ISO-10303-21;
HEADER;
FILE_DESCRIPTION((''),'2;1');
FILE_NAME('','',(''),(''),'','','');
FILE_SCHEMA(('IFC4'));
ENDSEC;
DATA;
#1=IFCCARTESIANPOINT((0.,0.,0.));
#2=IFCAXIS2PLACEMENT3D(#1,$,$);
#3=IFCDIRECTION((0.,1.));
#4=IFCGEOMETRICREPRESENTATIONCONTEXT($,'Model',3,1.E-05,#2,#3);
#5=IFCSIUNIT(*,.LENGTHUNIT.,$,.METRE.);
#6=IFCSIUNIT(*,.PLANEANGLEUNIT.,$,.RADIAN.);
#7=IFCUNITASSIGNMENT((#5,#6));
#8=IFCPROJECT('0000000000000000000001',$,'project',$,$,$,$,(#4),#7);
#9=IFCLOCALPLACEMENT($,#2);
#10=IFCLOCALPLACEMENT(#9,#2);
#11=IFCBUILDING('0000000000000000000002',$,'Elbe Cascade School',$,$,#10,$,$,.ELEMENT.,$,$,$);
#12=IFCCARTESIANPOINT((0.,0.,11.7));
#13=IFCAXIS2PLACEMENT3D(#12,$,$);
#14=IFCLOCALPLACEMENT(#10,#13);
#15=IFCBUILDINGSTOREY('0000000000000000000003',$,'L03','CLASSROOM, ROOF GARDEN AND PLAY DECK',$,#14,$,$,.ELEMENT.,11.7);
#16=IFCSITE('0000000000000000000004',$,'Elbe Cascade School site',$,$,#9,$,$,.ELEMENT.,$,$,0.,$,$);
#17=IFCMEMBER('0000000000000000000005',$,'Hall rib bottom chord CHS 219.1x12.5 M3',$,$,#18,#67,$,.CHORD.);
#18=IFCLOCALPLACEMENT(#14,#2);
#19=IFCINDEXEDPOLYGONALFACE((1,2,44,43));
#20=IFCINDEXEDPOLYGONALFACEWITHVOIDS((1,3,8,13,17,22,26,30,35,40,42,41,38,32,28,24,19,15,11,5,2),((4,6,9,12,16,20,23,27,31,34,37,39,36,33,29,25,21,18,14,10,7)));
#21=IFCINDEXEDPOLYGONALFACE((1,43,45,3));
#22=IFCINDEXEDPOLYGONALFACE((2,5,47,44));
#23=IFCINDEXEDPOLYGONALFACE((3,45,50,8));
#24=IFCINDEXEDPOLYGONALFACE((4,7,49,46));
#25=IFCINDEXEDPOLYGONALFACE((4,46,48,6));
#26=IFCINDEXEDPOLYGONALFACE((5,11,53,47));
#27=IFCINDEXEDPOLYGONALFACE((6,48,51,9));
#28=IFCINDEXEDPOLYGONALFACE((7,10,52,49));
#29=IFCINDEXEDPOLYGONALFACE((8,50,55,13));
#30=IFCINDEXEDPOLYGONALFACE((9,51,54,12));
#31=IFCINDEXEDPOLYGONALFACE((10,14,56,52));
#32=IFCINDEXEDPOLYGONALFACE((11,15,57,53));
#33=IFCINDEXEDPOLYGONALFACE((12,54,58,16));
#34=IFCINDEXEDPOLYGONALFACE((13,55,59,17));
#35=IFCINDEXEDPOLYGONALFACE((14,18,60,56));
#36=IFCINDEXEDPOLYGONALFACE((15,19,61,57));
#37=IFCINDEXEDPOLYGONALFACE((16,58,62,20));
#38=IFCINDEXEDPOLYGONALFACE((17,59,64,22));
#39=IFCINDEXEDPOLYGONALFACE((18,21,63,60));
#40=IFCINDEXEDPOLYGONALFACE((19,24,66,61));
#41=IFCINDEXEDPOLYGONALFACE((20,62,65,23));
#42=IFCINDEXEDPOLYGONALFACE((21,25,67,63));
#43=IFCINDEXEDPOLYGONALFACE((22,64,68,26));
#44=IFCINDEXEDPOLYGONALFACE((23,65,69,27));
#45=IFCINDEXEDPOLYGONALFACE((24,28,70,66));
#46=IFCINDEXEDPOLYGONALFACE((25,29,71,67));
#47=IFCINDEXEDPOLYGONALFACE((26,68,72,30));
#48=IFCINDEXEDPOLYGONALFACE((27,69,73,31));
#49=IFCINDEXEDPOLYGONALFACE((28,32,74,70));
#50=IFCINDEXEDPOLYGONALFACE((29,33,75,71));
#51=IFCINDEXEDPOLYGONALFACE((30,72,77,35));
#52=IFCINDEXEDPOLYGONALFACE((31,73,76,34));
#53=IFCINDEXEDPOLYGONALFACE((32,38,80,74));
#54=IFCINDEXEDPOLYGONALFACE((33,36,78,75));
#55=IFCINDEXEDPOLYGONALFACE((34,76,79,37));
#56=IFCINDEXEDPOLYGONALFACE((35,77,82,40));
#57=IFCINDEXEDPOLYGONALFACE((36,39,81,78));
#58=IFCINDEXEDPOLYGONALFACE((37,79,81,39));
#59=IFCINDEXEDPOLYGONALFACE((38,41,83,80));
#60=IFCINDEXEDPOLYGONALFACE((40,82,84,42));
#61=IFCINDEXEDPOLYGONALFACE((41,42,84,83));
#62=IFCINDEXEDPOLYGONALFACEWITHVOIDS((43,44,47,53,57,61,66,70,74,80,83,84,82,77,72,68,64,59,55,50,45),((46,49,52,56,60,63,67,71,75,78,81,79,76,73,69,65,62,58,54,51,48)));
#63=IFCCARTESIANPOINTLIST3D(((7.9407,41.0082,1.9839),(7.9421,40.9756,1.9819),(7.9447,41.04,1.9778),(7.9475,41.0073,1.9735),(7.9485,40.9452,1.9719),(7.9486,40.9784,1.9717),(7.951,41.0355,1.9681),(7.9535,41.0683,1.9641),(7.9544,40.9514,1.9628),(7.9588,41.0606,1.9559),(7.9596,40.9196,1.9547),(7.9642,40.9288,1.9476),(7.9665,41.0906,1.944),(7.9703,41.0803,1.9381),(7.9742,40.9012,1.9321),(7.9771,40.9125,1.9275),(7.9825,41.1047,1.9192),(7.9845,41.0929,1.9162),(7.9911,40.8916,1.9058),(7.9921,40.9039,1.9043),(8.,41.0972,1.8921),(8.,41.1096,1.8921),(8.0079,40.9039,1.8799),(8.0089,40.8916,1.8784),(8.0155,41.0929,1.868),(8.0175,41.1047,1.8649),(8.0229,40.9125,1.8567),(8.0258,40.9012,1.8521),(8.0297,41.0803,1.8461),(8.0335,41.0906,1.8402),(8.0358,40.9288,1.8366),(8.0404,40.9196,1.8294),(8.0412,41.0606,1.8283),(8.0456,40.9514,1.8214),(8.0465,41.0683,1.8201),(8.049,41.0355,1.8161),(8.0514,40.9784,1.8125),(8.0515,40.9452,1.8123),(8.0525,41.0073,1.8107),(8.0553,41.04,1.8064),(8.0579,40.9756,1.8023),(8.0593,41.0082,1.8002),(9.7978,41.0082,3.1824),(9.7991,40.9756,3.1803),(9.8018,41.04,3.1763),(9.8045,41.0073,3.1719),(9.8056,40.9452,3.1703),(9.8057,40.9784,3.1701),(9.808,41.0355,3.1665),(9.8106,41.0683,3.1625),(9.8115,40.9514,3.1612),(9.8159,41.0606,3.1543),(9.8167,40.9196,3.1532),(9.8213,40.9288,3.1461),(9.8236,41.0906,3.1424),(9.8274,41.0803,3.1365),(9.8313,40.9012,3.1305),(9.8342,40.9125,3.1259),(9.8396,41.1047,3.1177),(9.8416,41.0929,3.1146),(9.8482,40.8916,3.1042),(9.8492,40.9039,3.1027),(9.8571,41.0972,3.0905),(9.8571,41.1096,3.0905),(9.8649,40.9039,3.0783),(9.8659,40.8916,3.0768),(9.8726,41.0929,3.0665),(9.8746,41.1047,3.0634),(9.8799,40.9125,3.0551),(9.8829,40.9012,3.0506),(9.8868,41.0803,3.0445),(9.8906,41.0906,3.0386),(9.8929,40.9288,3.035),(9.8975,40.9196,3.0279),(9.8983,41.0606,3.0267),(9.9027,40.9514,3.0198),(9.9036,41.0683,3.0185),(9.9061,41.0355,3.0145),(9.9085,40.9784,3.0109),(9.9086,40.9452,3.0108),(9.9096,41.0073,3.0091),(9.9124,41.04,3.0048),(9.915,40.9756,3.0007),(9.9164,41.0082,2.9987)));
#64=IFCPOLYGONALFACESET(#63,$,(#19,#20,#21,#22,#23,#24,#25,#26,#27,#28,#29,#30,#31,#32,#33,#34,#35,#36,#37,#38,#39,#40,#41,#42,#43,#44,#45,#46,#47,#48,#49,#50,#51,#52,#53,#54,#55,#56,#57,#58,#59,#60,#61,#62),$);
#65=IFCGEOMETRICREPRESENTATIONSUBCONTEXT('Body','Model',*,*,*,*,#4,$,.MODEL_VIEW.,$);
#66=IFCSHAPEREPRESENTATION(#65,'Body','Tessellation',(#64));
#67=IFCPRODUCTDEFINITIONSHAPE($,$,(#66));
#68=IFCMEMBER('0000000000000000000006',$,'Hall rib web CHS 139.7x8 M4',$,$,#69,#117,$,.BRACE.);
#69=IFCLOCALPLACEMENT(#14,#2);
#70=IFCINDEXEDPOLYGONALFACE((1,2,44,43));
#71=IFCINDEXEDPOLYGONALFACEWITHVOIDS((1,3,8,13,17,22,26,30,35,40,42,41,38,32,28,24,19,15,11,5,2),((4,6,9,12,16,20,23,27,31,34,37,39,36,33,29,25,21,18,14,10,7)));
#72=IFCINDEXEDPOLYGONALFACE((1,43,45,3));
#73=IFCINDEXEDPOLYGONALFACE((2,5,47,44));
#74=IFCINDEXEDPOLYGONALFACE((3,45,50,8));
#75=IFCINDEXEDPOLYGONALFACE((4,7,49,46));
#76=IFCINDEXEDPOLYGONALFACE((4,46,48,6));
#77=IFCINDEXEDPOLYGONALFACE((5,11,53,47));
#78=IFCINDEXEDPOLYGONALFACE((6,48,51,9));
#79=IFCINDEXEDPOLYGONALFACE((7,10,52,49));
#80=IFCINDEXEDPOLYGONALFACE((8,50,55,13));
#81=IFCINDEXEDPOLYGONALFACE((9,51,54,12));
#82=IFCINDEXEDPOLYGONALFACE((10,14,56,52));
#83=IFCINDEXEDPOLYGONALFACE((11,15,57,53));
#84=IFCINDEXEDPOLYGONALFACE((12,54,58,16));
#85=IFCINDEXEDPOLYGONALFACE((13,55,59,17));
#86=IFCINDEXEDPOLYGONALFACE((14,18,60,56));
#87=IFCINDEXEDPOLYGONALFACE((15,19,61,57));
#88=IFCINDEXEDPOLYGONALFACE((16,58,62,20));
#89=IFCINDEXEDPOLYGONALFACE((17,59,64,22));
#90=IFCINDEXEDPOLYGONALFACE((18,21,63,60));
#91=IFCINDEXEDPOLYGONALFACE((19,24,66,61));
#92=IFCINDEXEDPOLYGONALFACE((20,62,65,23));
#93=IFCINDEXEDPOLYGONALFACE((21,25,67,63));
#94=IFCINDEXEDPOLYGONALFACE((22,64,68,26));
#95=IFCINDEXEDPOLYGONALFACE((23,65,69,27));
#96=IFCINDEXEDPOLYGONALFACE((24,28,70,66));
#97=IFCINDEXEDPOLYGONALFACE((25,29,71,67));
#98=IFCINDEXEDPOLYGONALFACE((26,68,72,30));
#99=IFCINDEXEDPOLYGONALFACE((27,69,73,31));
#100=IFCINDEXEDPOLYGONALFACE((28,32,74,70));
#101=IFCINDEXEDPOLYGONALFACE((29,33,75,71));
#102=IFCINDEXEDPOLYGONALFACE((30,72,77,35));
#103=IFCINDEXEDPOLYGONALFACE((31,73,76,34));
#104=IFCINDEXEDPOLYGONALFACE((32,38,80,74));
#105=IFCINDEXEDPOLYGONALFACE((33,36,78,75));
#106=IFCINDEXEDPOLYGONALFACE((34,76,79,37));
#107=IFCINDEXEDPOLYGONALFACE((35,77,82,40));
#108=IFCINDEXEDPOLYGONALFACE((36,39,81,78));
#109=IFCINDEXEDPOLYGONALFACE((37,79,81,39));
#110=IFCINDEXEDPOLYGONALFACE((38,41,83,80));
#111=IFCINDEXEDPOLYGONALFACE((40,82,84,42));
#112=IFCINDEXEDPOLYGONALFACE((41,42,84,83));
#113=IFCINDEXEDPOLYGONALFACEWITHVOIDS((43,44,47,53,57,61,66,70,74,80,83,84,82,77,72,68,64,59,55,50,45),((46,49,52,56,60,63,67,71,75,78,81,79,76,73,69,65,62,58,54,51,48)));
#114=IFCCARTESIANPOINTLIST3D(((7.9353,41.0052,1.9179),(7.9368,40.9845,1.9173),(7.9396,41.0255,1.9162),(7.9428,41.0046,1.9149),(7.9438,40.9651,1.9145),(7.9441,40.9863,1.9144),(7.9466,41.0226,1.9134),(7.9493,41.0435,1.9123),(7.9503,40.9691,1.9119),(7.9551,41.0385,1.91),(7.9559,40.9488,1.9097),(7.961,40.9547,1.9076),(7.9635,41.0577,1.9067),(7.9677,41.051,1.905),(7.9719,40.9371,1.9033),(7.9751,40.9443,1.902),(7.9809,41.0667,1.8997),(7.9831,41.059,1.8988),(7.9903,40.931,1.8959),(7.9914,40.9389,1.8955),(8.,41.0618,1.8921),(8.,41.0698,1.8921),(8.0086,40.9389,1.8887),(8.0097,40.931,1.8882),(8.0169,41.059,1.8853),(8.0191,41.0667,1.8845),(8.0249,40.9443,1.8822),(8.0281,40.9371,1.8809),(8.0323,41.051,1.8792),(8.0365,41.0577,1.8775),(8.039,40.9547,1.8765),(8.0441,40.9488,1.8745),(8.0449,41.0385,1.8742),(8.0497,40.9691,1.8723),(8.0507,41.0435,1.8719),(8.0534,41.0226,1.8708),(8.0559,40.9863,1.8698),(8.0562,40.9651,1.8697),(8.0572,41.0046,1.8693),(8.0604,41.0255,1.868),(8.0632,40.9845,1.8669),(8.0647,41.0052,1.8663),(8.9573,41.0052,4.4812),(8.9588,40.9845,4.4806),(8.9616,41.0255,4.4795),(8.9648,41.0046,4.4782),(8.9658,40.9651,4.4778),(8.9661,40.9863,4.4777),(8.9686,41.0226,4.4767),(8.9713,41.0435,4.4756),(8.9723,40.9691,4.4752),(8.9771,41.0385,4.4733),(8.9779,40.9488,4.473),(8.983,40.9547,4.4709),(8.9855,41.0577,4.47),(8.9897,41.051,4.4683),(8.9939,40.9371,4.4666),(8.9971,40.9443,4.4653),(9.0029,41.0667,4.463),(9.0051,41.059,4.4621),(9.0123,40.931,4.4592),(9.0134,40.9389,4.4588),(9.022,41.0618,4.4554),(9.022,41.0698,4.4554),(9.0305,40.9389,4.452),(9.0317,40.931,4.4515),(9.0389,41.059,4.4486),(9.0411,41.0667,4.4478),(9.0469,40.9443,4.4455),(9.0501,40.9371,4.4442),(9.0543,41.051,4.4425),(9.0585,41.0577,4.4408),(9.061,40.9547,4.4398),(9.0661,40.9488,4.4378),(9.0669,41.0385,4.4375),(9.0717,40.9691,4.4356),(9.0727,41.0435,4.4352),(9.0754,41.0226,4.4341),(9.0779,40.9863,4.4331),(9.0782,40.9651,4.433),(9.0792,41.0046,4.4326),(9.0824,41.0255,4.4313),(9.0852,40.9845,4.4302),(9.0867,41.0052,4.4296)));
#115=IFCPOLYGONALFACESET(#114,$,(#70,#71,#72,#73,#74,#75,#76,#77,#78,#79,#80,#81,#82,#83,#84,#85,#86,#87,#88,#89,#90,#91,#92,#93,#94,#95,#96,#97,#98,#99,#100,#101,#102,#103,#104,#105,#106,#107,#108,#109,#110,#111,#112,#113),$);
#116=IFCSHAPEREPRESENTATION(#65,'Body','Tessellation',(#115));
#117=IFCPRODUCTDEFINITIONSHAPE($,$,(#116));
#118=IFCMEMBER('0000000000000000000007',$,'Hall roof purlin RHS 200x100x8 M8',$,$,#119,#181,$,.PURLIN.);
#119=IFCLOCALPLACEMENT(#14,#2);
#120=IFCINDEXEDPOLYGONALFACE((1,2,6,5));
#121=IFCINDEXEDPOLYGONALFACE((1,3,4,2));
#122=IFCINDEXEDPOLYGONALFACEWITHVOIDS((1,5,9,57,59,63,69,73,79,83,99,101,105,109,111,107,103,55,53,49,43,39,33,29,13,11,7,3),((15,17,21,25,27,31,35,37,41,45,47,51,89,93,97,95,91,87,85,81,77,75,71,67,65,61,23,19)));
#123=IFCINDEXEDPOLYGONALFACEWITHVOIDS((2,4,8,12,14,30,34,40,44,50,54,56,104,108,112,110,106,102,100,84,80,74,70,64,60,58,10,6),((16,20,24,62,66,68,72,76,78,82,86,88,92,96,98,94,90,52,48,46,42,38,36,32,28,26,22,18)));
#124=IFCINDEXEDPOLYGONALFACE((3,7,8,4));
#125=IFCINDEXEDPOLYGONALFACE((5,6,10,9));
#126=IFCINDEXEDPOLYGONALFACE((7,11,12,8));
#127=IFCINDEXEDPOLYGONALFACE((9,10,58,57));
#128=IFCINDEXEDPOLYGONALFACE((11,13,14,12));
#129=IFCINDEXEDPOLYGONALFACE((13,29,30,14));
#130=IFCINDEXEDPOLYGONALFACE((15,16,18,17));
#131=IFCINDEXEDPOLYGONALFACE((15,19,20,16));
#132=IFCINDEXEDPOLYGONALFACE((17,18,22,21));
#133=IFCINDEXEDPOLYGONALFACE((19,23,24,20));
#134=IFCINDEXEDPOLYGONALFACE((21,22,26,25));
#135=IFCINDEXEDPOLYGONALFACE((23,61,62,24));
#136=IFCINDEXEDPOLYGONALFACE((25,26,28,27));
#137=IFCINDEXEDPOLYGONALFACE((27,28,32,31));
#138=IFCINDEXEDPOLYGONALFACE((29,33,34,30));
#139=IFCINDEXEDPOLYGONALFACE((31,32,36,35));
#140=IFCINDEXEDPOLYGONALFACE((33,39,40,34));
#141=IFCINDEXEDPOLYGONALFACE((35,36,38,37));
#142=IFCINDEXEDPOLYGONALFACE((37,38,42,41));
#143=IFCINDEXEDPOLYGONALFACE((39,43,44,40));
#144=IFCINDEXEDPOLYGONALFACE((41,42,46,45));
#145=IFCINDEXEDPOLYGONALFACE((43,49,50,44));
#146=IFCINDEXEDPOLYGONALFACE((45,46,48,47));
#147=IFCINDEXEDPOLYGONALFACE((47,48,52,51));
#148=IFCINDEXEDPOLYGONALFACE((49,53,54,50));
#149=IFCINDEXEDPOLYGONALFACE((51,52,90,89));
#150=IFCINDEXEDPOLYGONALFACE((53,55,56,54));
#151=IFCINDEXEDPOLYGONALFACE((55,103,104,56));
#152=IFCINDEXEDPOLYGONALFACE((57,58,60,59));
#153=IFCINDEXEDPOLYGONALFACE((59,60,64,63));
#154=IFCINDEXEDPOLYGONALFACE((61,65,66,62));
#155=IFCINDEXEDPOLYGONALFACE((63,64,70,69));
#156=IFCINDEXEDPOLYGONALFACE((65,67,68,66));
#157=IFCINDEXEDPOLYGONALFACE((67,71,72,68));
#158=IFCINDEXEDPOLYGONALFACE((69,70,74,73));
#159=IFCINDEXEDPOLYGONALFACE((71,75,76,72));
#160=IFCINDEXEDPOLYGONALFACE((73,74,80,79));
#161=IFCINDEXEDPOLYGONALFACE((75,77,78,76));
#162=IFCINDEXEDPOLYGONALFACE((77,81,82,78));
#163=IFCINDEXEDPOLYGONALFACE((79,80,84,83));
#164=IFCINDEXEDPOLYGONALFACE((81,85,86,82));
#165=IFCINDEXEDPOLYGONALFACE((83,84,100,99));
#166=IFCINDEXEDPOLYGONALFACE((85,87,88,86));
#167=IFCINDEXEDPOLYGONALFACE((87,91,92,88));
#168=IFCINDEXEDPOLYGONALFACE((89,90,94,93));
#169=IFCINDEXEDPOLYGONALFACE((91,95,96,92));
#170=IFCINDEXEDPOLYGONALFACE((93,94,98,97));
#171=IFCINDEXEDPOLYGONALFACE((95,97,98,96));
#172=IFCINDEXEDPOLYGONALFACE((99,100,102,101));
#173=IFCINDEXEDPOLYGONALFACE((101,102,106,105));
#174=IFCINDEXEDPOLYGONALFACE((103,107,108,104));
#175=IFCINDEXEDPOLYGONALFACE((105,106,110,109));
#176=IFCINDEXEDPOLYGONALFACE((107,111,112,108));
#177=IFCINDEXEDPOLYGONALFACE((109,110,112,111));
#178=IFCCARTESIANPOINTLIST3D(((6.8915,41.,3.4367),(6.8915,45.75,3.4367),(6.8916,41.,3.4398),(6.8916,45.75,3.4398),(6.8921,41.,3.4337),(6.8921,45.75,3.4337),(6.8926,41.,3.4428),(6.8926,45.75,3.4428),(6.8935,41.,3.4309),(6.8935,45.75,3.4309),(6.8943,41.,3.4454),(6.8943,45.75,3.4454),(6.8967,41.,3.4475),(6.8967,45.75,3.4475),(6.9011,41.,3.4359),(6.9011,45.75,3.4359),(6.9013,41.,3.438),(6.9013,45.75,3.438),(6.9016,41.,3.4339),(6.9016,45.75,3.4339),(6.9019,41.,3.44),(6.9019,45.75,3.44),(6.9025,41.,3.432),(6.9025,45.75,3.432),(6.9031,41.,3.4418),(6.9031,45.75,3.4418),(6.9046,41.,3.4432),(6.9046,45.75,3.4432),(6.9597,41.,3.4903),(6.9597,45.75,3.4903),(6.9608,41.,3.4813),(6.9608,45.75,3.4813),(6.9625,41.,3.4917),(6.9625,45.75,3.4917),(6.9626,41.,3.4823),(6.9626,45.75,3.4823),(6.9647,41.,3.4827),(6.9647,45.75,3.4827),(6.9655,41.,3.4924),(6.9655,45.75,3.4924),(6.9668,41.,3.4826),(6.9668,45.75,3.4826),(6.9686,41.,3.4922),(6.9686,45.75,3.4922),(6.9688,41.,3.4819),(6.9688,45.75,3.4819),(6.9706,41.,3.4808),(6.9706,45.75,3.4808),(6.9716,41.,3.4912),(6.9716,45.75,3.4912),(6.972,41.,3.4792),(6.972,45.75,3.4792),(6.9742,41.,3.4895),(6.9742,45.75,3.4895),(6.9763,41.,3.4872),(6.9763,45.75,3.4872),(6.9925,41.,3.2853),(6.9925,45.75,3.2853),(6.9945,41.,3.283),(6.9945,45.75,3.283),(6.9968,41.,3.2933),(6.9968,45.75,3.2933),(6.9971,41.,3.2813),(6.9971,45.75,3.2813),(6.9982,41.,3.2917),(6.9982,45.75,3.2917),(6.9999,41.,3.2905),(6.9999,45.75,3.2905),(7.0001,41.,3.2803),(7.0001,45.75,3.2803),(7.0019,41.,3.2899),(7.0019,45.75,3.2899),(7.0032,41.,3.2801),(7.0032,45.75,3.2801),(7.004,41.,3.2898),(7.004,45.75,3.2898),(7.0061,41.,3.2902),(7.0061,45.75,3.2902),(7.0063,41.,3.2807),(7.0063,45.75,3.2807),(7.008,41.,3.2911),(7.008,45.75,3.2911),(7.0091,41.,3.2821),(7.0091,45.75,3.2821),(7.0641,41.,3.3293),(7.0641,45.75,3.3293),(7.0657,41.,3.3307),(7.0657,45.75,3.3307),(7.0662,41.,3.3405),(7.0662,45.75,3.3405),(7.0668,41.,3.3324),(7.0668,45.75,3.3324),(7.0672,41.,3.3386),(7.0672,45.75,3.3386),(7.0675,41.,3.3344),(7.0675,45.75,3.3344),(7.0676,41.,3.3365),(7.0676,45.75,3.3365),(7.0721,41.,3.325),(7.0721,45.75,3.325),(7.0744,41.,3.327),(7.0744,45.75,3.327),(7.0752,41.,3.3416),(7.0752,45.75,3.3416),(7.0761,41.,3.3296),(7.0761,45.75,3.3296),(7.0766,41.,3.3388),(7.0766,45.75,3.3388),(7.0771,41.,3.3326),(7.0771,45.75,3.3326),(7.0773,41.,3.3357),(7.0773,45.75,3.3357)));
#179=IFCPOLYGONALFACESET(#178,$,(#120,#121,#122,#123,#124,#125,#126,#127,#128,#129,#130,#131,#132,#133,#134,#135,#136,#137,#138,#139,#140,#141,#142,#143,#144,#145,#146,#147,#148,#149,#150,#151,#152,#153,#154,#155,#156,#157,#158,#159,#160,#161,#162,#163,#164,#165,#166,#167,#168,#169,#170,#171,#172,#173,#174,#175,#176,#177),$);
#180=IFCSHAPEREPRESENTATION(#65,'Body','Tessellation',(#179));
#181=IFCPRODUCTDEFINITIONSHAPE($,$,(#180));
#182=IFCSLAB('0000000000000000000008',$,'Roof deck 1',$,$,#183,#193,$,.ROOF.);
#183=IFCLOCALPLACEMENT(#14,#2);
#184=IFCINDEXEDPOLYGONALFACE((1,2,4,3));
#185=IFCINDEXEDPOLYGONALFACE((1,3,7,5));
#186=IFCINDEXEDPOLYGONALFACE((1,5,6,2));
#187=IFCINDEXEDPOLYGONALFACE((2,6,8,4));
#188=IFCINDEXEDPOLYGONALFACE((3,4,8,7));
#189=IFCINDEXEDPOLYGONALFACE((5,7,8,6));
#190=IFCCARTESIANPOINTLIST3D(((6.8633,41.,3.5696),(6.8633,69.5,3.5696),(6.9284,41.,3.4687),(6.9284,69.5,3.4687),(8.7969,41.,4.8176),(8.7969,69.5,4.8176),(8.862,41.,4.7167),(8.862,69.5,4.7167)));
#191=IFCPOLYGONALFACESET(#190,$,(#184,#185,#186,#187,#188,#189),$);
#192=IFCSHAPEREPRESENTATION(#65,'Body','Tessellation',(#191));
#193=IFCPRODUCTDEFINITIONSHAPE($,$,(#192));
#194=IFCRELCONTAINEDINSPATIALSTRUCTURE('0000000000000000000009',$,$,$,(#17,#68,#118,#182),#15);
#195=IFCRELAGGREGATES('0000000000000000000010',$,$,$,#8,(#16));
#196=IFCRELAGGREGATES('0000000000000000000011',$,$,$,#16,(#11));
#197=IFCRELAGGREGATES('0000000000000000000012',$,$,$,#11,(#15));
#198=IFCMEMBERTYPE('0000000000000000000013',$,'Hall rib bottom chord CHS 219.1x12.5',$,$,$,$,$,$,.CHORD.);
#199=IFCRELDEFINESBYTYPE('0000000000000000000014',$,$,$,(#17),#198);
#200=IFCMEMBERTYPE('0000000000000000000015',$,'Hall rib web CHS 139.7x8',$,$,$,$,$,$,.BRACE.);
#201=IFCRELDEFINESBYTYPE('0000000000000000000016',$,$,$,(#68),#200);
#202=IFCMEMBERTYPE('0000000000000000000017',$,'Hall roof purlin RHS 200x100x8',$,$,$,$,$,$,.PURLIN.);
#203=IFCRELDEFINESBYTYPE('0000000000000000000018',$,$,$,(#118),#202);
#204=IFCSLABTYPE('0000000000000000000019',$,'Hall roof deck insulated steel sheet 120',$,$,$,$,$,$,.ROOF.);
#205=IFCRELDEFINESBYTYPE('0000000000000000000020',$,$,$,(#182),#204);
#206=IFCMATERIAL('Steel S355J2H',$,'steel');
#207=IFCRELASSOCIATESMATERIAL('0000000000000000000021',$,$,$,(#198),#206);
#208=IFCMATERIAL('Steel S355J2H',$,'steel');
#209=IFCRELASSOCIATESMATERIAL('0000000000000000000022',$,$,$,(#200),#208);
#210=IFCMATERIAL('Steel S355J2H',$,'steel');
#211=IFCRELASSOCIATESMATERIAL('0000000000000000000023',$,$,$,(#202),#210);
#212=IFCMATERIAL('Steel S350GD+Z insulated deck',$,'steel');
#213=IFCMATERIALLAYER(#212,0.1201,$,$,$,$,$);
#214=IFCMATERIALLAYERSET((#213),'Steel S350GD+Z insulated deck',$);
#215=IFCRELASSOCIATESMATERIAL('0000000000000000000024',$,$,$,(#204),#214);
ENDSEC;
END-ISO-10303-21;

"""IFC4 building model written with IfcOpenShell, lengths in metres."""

from ifc_helpers import new_model, si_unit, direction, frame, origin, origin_2d, place, context, subcontext, project, spatial, polyline, hollow_rectangle, hollow_circle, outline, extrude, material, layer, layer_set, material_profile, profile_set, type_object, element, save


model = new_model("IFC4")

# Units and contexts
model_context = context("Model", 3, precision=1e-05, world=origin(), true_north=direction((0.0, 1.0)))
body_context = subcontext(model_context, "Body", "Model", "MODEL_VIEW")
ifc_project = project(units=[si_unit("LENGTHUNIT", "METRE"), si_unit("PLANEANGLEUNIT", "RADIAN")], contexts=[model_context])

# Site, building, storey
site_placement = place(None, origin())
site = spatial("IfcSite", under=ifc_project, at=site_placement, Name="Elbe Cascade School site", CompositionType="ELEMENT", RefElevation=0.0)
building_placement = place(site_placement, origin())
building = spatial("IfcBuilding", under=site, at=building_placement, Name="Elbe Cascade School", CompositionType="ELEMENT")
storey_placement = place(building_placement, frame((0.0, 0.0, 11.7)))
storey = spatial("IfcBuildingStorey", under=building, at=storey_placement, Name="L03", Description="CLASSROOM, ROOF GARDEN AND PLAY DECK", CompositionType="ELEMENT", Elevation=11.7)

# Members
ifc_material_1 = material(Name="Steel S355J2H", Category="steel")
ifc_material_profile_1 = material_profile(ifc_material_1, hollow_circle(Radius=0.1096, WallThickness=0.0125, at=origin_2d()), Name="CHS 219.1x12.5")
ifc_profile_set_1 = profile_set([ifc_material_profile_1], Name="Steel S355J2H")
member_type_1 = type_object("IfcMemberType", Name="Hall rib bottom chord CHS 219.1x12.5", PredefinedType="CHORD", material=ifc_profile_set_1)
member_1_placement = place(storey_placement, frame((8.0, 41.0, 1.8921), z_axis=(0.840233, 0.0, 0.542225), x_axis=(0.0, 1.0, 0.0)))
element("IfcMember", 1, at=member_1_placement, inside=storey, type_object=member_type_1, Name="Hall rib bottom chord CHS 219.1x12.5 M3", PredefinedType="CHORD", context=body_context, shape_type="SweptSolid", body=[
    extrude(hollow_circle(Radius=0.1096, WallThickness=0.0125, at=origin_2d()), origin(), (0.0, 0.0, 1.0), 2.2102),
])
ifc_material_2 = material(Name="Steel S355J2H", Category="steel")
ifc_material_profile_2 = material_profile(ifc_material_2, hollow_circle(Radius=0.0698, WallThickness=0.0081, at=origin_2d()), Name="CHS 139.7x8")
ifc_profile_set_2 = profile_set([ifc_material_profile_2], Name="Steel S355J2H")
member_type_2 = type_object("IfcMemberType", Name="Hall rib web CHS 139.7x8", PredefinedType="BRACE", material=ifc_profile_set_2)
member_2_placement = place(storey_placement, frame((8.0, 41.0, 1.8921), z_axis=(0.370353, 0.0, 0.928891), x_axis=(0.0, 1.0, 0.0)))
element("IfcMember", 2, at=member_2_placement, inside=storey, type_object=member_type_2, Name="Hall rib web CHS 139.7x8 M4", PredefinedType="BRACE", context=body_context, shape_type="SweptSolid", body=[
    extrude(hollow_circle(Radius=0.0698, WallThickness=0.0081, at=origin_2d()), origin(), (0.0, 0.0, 1.0), 2.7595),
])
ifc_material_3 = material(Name="Steel S355J2H", Category="steel")
ifc_material_profile_3 = material_profile(ifc_material_3, hollow_rectangle(XDim=0.1001, YDim=0.2, WallThickness=0.0081, InnerFilletRadius=0.0081, OuterFilletRadius=0.012, at=origin_2d()), Name="RHS 200x100x8")
ifc_profile_set_3 = profile_set([ifc_material_profile_3], Name="Steel S355J2H")
member_type_3 = type_object("IfcMemberType", Name="Hall roof purlin RHS 200x100x8", PredefinedType="PURLIN", material=ifc_profile_set_3)
member_3_placement = place(storey_placement, frame((6.9844, 41.0, 3.3862), z_axis=(0.0, 1.0, 0.0), x_axis=(-0.827027, 0.0, -0.562162)))
element("IfcMember", 3, at=member_3_placement, inside=storey, type_object=member_type_3, Name="Hall roof purlin RHS 200x100x8 M8", PredefinedType="PURLIN", context=body_context, shape_type="SweptSolid", body=[
    extrude(hollow_rectangle(XDim=0.1001, YDim=0.2, WallThickness=0.0081, InnerFilletRadius=0.0081, OuterFilletRadius=0.012, at=origin_2d()), origin(), (0.0, 0.0, 1.0), 4.75),
])

# Slab
ifc_material_4 = material(Name="Steel S350GD+Z insulated deck", Category="steel")
ifc_layer_1 = layer(ifc_material_4, 0.1201)
ifc_layer_set_1 = layer_set([ifc_layer_1], Name="Steel S350GD+Z insulated deck")
slab_type = type_object("IfcSlabType", Name="Hall roof deck insulated steel sheet 120", PredefinedType="ROOF", material=ifc_layer_set_1)
slab_placement = place(storey_placement, frame((6.8633, 41.0, 3.5696), z_axis=(-0.542301, 0.0, 0.840184), x_axis=(0.840184, 0.0, 0.542301)))
element("IfcSlab", 4, at=slab_placement, inside=storey, type_object=slab_type, Name="Roof deck 1", PredefinedType="ROOF", context=body_context, shape_type="SweptSolid", body=[
    extrude(outline(polyline([(0.0, 0.0), (2.3014, 0.0), (2.3014, 28.5), (0.0, 28.5), (0.0, 0.0)])), origin(), (0.0, 0.0, -1.0), 0.1201),
])

save(model, "model.ifc")
